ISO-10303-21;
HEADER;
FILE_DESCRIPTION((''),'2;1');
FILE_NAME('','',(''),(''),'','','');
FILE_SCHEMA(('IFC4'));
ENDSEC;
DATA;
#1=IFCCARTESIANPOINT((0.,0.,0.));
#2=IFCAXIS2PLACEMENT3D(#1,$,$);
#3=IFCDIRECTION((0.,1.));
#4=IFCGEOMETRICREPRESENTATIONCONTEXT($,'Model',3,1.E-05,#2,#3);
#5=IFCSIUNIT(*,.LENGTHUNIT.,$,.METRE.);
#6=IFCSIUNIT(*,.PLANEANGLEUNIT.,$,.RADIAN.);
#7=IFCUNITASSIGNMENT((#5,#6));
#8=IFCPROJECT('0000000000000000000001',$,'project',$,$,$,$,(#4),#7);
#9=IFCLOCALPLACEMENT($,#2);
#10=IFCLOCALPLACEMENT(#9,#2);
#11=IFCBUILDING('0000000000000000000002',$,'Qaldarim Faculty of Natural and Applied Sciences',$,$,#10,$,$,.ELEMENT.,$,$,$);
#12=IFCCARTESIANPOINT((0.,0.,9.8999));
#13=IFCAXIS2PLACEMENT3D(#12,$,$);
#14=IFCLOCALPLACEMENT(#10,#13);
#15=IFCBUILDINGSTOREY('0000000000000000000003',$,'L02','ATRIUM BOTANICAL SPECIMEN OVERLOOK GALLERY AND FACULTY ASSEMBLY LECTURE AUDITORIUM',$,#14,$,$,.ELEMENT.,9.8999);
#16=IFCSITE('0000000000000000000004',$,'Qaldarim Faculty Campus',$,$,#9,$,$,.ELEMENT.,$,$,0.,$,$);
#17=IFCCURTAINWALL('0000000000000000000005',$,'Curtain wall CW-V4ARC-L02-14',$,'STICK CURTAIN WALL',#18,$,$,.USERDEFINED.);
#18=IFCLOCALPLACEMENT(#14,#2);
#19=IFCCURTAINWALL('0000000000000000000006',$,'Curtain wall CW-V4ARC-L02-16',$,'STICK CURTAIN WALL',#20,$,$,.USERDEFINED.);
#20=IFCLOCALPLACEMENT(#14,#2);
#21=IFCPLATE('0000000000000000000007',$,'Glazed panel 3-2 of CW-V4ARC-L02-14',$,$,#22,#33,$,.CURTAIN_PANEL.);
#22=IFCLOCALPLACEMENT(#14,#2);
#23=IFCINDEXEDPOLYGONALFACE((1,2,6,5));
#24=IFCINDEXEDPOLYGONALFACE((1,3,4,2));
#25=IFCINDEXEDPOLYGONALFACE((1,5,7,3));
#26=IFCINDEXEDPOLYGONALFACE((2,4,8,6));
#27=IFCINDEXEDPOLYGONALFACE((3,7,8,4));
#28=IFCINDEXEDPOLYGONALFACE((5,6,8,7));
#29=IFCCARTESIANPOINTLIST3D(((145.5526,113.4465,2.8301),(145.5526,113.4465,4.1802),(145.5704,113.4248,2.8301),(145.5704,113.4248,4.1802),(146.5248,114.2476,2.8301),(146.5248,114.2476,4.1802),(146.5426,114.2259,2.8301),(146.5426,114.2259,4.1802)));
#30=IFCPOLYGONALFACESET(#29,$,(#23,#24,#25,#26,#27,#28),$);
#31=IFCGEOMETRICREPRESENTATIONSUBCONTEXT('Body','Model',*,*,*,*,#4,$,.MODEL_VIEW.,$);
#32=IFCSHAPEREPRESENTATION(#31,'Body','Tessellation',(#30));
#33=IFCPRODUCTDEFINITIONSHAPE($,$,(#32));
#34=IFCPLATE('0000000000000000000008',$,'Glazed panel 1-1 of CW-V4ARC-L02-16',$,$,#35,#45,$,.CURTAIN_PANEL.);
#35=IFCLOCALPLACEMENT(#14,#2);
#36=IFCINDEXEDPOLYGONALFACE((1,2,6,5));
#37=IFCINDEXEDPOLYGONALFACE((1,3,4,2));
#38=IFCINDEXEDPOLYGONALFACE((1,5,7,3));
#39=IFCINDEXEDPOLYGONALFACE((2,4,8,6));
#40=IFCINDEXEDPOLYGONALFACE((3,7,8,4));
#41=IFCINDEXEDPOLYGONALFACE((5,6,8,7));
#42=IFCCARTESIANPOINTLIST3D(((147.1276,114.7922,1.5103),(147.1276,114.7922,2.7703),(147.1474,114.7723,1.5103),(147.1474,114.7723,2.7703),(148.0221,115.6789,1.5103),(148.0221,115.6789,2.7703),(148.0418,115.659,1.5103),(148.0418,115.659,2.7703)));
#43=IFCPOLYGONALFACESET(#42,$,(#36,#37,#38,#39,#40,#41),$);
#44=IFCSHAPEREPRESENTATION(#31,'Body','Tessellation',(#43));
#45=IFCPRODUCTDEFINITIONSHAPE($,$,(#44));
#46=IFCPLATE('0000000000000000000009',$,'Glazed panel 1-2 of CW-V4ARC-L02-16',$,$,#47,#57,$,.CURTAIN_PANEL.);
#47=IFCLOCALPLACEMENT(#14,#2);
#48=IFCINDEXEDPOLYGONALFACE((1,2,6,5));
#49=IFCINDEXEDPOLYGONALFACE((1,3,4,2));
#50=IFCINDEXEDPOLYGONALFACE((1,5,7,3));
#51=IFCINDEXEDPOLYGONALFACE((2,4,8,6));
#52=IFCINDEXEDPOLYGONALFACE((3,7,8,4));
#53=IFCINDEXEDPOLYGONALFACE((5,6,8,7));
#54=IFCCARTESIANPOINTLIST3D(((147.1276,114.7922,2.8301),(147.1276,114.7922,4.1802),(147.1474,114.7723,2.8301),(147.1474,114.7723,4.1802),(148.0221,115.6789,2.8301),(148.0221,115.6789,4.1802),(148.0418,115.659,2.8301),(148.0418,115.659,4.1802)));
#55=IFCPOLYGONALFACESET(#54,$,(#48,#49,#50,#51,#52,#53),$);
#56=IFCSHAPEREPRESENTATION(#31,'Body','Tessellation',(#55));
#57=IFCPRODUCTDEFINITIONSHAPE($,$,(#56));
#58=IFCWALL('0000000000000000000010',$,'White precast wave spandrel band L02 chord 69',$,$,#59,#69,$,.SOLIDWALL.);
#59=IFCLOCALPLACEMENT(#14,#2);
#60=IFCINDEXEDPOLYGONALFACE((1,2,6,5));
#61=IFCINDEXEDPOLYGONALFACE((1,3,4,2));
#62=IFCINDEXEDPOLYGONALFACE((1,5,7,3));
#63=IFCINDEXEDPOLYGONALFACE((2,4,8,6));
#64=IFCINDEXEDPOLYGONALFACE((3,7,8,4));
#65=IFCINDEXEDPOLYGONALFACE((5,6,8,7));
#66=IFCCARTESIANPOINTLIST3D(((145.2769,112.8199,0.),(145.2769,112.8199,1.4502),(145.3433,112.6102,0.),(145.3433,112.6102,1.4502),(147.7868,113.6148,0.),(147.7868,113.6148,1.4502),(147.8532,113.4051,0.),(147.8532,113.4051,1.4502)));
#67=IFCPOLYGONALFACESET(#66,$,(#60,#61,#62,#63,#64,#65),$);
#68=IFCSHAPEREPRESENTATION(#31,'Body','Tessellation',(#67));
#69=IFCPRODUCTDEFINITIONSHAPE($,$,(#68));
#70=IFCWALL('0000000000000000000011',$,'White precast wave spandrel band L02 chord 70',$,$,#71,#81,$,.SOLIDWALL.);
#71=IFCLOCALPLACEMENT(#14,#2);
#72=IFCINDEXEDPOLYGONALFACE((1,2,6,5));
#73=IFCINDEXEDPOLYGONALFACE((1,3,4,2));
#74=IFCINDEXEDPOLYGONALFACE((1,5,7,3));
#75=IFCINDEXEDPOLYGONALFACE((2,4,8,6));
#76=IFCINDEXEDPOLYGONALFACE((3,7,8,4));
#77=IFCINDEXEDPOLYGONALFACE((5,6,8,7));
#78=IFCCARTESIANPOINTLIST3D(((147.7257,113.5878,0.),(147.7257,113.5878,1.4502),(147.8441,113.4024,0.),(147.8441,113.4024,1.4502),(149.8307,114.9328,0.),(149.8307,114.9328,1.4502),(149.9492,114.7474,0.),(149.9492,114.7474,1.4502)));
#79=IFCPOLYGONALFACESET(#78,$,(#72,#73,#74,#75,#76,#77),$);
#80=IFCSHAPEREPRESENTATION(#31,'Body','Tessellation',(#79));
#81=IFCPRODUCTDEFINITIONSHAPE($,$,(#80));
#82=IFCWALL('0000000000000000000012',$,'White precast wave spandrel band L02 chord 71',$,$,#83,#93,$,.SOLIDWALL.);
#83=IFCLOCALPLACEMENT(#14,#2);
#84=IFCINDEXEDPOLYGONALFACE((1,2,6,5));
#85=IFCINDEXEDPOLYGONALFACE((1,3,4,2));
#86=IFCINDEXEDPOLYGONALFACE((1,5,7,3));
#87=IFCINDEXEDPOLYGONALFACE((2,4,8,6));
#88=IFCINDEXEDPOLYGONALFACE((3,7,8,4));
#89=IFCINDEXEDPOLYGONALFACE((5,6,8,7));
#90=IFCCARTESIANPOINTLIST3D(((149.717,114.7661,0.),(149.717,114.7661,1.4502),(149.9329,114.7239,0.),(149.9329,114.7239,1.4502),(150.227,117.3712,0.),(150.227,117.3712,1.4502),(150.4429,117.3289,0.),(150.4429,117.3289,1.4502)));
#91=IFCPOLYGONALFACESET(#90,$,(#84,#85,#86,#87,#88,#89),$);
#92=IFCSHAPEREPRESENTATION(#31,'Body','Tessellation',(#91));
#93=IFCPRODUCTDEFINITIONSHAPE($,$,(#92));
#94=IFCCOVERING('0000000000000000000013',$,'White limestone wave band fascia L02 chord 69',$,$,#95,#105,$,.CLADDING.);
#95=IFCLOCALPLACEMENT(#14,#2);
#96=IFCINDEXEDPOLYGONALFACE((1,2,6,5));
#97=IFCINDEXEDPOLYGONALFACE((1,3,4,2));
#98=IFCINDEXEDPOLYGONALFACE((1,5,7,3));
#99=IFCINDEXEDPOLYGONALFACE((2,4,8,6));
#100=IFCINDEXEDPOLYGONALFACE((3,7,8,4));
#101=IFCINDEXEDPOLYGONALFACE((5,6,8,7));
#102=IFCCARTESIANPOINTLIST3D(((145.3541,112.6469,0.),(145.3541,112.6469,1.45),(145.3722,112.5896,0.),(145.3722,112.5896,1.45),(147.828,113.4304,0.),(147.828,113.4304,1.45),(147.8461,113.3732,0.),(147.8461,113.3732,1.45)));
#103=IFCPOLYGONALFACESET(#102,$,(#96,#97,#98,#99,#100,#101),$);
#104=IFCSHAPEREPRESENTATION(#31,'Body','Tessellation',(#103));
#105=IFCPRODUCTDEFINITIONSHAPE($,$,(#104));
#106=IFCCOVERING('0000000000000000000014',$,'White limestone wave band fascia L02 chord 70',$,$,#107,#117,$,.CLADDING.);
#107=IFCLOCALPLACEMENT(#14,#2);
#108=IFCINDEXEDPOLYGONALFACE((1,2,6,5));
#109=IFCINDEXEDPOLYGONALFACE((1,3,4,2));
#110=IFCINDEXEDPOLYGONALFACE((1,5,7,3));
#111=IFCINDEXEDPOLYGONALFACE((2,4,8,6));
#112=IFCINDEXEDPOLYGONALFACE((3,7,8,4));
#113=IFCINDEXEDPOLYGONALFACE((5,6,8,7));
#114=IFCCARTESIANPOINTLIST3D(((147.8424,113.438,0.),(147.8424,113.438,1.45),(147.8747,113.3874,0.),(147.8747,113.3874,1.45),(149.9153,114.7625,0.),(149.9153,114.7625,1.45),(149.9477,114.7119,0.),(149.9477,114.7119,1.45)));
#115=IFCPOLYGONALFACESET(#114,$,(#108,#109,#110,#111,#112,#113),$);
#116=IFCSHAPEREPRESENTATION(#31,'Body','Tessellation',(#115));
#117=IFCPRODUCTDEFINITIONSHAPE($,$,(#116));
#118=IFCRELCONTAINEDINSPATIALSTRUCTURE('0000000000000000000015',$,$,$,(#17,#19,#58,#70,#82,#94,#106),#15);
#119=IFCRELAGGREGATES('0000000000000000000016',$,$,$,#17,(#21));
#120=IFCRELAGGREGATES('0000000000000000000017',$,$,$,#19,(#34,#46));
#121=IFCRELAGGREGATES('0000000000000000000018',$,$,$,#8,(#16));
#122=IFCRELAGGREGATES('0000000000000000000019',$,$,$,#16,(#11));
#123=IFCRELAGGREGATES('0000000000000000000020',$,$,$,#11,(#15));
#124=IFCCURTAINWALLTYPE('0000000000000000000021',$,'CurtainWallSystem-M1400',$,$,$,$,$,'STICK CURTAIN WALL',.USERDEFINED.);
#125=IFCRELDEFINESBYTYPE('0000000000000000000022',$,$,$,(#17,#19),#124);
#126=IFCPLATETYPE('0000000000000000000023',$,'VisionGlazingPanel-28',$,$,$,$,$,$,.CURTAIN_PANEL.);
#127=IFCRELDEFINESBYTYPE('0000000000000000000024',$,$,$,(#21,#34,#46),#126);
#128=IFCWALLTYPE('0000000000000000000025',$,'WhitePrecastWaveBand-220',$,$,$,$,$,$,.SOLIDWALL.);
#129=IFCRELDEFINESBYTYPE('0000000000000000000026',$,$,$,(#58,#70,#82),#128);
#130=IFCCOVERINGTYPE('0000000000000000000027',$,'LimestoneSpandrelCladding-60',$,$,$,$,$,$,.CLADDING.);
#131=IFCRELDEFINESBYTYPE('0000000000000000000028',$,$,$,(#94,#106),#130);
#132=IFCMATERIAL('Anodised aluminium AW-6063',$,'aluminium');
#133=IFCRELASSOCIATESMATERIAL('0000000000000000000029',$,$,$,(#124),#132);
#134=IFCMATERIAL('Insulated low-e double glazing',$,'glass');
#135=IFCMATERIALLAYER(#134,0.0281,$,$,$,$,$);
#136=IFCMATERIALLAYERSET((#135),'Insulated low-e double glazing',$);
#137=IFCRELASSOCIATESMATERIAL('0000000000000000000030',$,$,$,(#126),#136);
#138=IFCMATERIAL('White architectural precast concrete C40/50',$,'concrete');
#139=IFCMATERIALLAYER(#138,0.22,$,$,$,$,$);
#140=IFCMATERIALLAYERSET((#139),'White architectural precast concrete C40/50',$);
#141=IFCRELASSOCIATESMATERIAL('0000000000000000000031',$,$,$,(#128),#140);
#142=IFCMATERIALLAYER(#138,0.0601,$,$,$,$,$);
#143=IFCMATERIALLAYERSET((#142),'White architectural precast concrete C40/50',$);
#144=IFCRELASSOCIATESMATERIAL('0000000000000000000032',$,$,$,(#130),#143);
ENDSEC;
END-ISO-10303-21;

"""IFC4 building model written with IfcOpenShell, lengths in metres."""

from ifc_helpers import new_model, si_unit, direction, frame, frame_2d, origin, origin_2d, place, context, subcontext, project, spatial, rectangle, extrude, material, layer, layer_set, type_object, element, aggregate, save


model = new_model("IFC4")

# Units and contexts
model_context = context("Model", 3, precision=1e-05, world=origin(), true_north=direction((0.0, 1.0)))
body_context = subcontext(model_context, "Body", "Model", "MODEL_VIEW")
ifc_project = project(units=[si_unit("LENGTHUNIT", "METRE"), si_unit("PLANEANGLEUNIT", "RADIAN")], contexts=[model_context])

# Site, building, storey
site_placement = place(None, origin())
site = spatial("IfcSite", under=ifc_project, at=site_placement, Name="Qaldarim Faculty Campus", CompositionType="ELEMENT", RefElevation=0.0)
building_placement = place(site_placement, origin())
building = spatial("IfcBuilding", under=site, at=building_placement, Name="Qaldarim Faculty of Natural and Applied Sciences", CompositionType="ELEMENT")
storey_placement = place(building_placement, frame((0.0, 0.0, 9.8999)))
storey = spatial("IfcBuildingStorey", under=building, at=storey_placement, Name="L02", Description="ATRIUM BOTANICAL SPECIMEN OVERLOOK GALLERY AND FACULTY ASSEMBLY LECTURE AUDITORIUM", CompositionType="ELEMENT", Elevation=9.8999)

# Curtain wall
ifc_material_1 = material(Name="Anodised aluminium AW-6063", Category="aluminium")
curtain_wall_type = type_object("IfcCurtainWallType", Name="CurtainWallSystem-M1400", ElementType="STICK CURTAIN WALL", PredefinedType="USERDEFINED", material=ifc_material_1)
curtain_wall_1_placement = place(storey_placement, origin())
curtain_wall_1 = element("IfcCurtainWall", 1, at=curtain_wall_1_placement, inside=storey, type_object=curtain_wall_type, Name="Curtain wall CW-V4ARC-L02-14", ObjectType="STICK CURTAIN WALL", PredefinedType="USERDEFINED")

# Curtain wall
curtain_wall_2_placement = place(storey_placement, origin())
curtain_wall_2 = element("IfcCurtainWall", 2, at=curtain_wall_2_placement, inside=storey, type_object=curtain_wall_type, Name="Curtain wall CW-V4ARC-L02-16", ObjectType="STICK CURTAIN WALL", PredefinedType="USERDEFINED")

# Plates
ifc_material_2 = material(Name="Insulated low-e double glazing", Category="glass")
ifc_layer_1 = layer(ifc_material_2, 0.0281)
ifc_layer_set_1 = layer_set([ifc_layer_1], Name="Insulated low-e double glazing")
plate_type = type_object("IfcPlateType", Name="VisionGlazingPanel-28", PredefinedType="CURTAIN_PANEL", material=ifc_layer_set_1)
plate_1_placement = place(storey_placement, frame((146.0476, 113.8362, 2.8301), z_axis=(0.0, 0.0, 1.0), x_axis=(0.771747, 0.63593, 0.0)))
plate_1 = element("IfcPlate", 3, at=plate_1_placement, type_object=plate_type, Name="Glazed panel 3-2 of CW-V4ARC-L02-14", PredefinedType="CURTAIN_PANEL", context=body_context, shape_type="SweptSolid", body=[
    extrude(rectangle(XDim=1.2598, YDim=0.0281, at=origin_2d()), origin(), (0.0, 0.0, 1.0), 1.3501),
])
aggregate(curtain_wall_1, [plate_1])
plate_2_placement = place(storey_placement, frame((147.5847, 115.2256, 1.5103), z_axis=(0.0, 0.0, 1.0), x_axis=(0.710185, 0.704015, 0.0)))
plate_2 = element("IfcPlate", 4, at=plate_2_placement, type_object=plate_type, Name="Glazed panel 1-1 of CW-V4ARC-L02-16", PredefinedType="CURTAIN_PANEL", context=body_context, shape_type="SweptSolid", body=[
    extrude(rectangle(XDim=1.2595, YDim=0.0281, at=origin_2d()), origin(), (0.0, 0.0, 1.0), 1.26),
])
plate_3_placement = place(storey_placement, frame((147.5847, 115.2256, 2.8301), z_axis=(0.0, 0.0, 1.0), x_axis=(0.710185, 0.704015, 0.0)))
plate_3 = element("IfcPlate", 5, at=plate_3_placement, type_object=plate_type, Name="Glazed panel 1-2 of CW-V4ARC-L02-16", PredefinedType="CURTAIN_PANEL", context=body_context, shape_type="SweptSolid", body=[
    extrude(rectangle(XDim=1.2595, YDim=0.0281, at=origin_2d()), origin(), (0.0, 0.0, 1.0), 1.3501),
])
aggregate(curtain_wall_2, [plate_2, plate_3])

# Walls
ifc_material_3 = material(Name="White architectural precast concrete C40/50", Category="concrete")
ifc_layer_2 = layer(ifc_material_3, 0.22)
ifc_layer_set_2 = layer_set([ifc_layer_2], Name="White architectural precast concrete C40/50")
wall_type = type_object("IfcWallType", Name="WhitePrecastWaveBand-220", PredefinedType="SOLIDWALL", material=ifc_layer_set_2)
wall_1_placement = place(storey_placement, frame((145.3101, 112.7151, 0.0), z_axis=(0.0, 0.0, 1.0), x_axis=(0.953333, 0.301921, 0.0)))
element("IfcWall", 6, at=wall_1_placement, inside=storey, type_object=wall_type, Name="White precast wave spandrel band L02 chord 69", PredefinedType="SOLIDWALL", context=body_context, shape_type="SweptSolid", body=[
    extrude(rectangle(XDim=2.6328, YDim=0.22, at=frame_2d((1.3164, 0.0))), origin(), (0.0, 0.0, 1.0), 1.4502),
])
wall_2_placement = place(storey_placement, frame((147.7849, 113.4951, 0.0), z_axis=(0.0, 0.0, 1.0), x_axis=(0.842674, 0.538424, 0.0)))
element("IfcWall", 7, at=wall_2_placement, inside=storey, type_object=wall_type, Name="White precast wave spandrel band L02 chord 70", PredefinedType="SOLIDWALL", context=body_context, shape_type="SweptSolid", body=[
    extrude(rectangle(XDim=2.498, YDim=0.22, at=frame_2d((1.249, 0.0))), origin(), (0.0, 0.0, 1.0), 1.4502),
])
wall_3_placement = place(storey_placement, frame((149.825, 114.7451, 0.0), z_axis=(0.0, 0.0, 1.0), x_axis=(0.192135, 0.981369, 0.0)))
element("IfcWall", 8, at=wall_3_placement, inside=storey, type_object=wall_type, Name="White precast wave spandrel band L02 chord 71", PredefinedType="SOLIDWALL", context=body_context, shape_type="SweptSolid", body=[
    extrude(rectangle(XDim=2.6545, YDim=0.22, at=frame_2d((1.3271, 0.0))), origin(), (0.0, 0.0, 1.0), 1.4502),
])

# Coverings
ifc_layer_3 = layer(ifc_material_3, 0.0601)
ifc_layer_set_3 = layer_set([ifc_layer_3], Name="White architectural precast concrete C40/50")
covering_type = type_object("IfcCoveringType", Name="LimestoneSpandrelCladding-60", PredefinedType="CLADDING", material=ifc_layer_set_3)
covering_1_placement = place(storey_placement, frame((146.6001, 113.01, 0.0), z_axis=(0.0, 0.0, 1.0), x_axis=(0.953323, 0.301954, 0.0)))
element("IfcCovering", 9, at=covering_1_placement, inside=storey, type_object=covering_type, Name="White limestone wave band fascia L02 chord 69", PredefinedType="CLADDING", context=body_context, shape_type="SweptSolid", body=[
    extrude(rectangle(XDim=2.595, YDim=0.0601, at=origin_2d()), origin(), (0.0, 0.0, 1.0), 1.45),
])
covering_2_placement = place(storey_placement, frame((148.895, 114.075, 0.0), z_axis=(0.0, 0.0, 1.0), x_axis=(0.842669, 0.538433, 0.0)))
element("IfcCovering", 10, at=covering_2_placement, inside=storey, type_object=covering_type, Name="White limestone wave band fascia L02 chord 70", PredefinedType="CLADDING", context=body_context, shape_type="SweptSolid", body=[
    extrude(rectangle(XDim=2.46, YDim=0.0601, at=origin_2d()), origin(), (0.0, 0.0, 1.0), 1.45),
])

save(model, "model.ifc")
